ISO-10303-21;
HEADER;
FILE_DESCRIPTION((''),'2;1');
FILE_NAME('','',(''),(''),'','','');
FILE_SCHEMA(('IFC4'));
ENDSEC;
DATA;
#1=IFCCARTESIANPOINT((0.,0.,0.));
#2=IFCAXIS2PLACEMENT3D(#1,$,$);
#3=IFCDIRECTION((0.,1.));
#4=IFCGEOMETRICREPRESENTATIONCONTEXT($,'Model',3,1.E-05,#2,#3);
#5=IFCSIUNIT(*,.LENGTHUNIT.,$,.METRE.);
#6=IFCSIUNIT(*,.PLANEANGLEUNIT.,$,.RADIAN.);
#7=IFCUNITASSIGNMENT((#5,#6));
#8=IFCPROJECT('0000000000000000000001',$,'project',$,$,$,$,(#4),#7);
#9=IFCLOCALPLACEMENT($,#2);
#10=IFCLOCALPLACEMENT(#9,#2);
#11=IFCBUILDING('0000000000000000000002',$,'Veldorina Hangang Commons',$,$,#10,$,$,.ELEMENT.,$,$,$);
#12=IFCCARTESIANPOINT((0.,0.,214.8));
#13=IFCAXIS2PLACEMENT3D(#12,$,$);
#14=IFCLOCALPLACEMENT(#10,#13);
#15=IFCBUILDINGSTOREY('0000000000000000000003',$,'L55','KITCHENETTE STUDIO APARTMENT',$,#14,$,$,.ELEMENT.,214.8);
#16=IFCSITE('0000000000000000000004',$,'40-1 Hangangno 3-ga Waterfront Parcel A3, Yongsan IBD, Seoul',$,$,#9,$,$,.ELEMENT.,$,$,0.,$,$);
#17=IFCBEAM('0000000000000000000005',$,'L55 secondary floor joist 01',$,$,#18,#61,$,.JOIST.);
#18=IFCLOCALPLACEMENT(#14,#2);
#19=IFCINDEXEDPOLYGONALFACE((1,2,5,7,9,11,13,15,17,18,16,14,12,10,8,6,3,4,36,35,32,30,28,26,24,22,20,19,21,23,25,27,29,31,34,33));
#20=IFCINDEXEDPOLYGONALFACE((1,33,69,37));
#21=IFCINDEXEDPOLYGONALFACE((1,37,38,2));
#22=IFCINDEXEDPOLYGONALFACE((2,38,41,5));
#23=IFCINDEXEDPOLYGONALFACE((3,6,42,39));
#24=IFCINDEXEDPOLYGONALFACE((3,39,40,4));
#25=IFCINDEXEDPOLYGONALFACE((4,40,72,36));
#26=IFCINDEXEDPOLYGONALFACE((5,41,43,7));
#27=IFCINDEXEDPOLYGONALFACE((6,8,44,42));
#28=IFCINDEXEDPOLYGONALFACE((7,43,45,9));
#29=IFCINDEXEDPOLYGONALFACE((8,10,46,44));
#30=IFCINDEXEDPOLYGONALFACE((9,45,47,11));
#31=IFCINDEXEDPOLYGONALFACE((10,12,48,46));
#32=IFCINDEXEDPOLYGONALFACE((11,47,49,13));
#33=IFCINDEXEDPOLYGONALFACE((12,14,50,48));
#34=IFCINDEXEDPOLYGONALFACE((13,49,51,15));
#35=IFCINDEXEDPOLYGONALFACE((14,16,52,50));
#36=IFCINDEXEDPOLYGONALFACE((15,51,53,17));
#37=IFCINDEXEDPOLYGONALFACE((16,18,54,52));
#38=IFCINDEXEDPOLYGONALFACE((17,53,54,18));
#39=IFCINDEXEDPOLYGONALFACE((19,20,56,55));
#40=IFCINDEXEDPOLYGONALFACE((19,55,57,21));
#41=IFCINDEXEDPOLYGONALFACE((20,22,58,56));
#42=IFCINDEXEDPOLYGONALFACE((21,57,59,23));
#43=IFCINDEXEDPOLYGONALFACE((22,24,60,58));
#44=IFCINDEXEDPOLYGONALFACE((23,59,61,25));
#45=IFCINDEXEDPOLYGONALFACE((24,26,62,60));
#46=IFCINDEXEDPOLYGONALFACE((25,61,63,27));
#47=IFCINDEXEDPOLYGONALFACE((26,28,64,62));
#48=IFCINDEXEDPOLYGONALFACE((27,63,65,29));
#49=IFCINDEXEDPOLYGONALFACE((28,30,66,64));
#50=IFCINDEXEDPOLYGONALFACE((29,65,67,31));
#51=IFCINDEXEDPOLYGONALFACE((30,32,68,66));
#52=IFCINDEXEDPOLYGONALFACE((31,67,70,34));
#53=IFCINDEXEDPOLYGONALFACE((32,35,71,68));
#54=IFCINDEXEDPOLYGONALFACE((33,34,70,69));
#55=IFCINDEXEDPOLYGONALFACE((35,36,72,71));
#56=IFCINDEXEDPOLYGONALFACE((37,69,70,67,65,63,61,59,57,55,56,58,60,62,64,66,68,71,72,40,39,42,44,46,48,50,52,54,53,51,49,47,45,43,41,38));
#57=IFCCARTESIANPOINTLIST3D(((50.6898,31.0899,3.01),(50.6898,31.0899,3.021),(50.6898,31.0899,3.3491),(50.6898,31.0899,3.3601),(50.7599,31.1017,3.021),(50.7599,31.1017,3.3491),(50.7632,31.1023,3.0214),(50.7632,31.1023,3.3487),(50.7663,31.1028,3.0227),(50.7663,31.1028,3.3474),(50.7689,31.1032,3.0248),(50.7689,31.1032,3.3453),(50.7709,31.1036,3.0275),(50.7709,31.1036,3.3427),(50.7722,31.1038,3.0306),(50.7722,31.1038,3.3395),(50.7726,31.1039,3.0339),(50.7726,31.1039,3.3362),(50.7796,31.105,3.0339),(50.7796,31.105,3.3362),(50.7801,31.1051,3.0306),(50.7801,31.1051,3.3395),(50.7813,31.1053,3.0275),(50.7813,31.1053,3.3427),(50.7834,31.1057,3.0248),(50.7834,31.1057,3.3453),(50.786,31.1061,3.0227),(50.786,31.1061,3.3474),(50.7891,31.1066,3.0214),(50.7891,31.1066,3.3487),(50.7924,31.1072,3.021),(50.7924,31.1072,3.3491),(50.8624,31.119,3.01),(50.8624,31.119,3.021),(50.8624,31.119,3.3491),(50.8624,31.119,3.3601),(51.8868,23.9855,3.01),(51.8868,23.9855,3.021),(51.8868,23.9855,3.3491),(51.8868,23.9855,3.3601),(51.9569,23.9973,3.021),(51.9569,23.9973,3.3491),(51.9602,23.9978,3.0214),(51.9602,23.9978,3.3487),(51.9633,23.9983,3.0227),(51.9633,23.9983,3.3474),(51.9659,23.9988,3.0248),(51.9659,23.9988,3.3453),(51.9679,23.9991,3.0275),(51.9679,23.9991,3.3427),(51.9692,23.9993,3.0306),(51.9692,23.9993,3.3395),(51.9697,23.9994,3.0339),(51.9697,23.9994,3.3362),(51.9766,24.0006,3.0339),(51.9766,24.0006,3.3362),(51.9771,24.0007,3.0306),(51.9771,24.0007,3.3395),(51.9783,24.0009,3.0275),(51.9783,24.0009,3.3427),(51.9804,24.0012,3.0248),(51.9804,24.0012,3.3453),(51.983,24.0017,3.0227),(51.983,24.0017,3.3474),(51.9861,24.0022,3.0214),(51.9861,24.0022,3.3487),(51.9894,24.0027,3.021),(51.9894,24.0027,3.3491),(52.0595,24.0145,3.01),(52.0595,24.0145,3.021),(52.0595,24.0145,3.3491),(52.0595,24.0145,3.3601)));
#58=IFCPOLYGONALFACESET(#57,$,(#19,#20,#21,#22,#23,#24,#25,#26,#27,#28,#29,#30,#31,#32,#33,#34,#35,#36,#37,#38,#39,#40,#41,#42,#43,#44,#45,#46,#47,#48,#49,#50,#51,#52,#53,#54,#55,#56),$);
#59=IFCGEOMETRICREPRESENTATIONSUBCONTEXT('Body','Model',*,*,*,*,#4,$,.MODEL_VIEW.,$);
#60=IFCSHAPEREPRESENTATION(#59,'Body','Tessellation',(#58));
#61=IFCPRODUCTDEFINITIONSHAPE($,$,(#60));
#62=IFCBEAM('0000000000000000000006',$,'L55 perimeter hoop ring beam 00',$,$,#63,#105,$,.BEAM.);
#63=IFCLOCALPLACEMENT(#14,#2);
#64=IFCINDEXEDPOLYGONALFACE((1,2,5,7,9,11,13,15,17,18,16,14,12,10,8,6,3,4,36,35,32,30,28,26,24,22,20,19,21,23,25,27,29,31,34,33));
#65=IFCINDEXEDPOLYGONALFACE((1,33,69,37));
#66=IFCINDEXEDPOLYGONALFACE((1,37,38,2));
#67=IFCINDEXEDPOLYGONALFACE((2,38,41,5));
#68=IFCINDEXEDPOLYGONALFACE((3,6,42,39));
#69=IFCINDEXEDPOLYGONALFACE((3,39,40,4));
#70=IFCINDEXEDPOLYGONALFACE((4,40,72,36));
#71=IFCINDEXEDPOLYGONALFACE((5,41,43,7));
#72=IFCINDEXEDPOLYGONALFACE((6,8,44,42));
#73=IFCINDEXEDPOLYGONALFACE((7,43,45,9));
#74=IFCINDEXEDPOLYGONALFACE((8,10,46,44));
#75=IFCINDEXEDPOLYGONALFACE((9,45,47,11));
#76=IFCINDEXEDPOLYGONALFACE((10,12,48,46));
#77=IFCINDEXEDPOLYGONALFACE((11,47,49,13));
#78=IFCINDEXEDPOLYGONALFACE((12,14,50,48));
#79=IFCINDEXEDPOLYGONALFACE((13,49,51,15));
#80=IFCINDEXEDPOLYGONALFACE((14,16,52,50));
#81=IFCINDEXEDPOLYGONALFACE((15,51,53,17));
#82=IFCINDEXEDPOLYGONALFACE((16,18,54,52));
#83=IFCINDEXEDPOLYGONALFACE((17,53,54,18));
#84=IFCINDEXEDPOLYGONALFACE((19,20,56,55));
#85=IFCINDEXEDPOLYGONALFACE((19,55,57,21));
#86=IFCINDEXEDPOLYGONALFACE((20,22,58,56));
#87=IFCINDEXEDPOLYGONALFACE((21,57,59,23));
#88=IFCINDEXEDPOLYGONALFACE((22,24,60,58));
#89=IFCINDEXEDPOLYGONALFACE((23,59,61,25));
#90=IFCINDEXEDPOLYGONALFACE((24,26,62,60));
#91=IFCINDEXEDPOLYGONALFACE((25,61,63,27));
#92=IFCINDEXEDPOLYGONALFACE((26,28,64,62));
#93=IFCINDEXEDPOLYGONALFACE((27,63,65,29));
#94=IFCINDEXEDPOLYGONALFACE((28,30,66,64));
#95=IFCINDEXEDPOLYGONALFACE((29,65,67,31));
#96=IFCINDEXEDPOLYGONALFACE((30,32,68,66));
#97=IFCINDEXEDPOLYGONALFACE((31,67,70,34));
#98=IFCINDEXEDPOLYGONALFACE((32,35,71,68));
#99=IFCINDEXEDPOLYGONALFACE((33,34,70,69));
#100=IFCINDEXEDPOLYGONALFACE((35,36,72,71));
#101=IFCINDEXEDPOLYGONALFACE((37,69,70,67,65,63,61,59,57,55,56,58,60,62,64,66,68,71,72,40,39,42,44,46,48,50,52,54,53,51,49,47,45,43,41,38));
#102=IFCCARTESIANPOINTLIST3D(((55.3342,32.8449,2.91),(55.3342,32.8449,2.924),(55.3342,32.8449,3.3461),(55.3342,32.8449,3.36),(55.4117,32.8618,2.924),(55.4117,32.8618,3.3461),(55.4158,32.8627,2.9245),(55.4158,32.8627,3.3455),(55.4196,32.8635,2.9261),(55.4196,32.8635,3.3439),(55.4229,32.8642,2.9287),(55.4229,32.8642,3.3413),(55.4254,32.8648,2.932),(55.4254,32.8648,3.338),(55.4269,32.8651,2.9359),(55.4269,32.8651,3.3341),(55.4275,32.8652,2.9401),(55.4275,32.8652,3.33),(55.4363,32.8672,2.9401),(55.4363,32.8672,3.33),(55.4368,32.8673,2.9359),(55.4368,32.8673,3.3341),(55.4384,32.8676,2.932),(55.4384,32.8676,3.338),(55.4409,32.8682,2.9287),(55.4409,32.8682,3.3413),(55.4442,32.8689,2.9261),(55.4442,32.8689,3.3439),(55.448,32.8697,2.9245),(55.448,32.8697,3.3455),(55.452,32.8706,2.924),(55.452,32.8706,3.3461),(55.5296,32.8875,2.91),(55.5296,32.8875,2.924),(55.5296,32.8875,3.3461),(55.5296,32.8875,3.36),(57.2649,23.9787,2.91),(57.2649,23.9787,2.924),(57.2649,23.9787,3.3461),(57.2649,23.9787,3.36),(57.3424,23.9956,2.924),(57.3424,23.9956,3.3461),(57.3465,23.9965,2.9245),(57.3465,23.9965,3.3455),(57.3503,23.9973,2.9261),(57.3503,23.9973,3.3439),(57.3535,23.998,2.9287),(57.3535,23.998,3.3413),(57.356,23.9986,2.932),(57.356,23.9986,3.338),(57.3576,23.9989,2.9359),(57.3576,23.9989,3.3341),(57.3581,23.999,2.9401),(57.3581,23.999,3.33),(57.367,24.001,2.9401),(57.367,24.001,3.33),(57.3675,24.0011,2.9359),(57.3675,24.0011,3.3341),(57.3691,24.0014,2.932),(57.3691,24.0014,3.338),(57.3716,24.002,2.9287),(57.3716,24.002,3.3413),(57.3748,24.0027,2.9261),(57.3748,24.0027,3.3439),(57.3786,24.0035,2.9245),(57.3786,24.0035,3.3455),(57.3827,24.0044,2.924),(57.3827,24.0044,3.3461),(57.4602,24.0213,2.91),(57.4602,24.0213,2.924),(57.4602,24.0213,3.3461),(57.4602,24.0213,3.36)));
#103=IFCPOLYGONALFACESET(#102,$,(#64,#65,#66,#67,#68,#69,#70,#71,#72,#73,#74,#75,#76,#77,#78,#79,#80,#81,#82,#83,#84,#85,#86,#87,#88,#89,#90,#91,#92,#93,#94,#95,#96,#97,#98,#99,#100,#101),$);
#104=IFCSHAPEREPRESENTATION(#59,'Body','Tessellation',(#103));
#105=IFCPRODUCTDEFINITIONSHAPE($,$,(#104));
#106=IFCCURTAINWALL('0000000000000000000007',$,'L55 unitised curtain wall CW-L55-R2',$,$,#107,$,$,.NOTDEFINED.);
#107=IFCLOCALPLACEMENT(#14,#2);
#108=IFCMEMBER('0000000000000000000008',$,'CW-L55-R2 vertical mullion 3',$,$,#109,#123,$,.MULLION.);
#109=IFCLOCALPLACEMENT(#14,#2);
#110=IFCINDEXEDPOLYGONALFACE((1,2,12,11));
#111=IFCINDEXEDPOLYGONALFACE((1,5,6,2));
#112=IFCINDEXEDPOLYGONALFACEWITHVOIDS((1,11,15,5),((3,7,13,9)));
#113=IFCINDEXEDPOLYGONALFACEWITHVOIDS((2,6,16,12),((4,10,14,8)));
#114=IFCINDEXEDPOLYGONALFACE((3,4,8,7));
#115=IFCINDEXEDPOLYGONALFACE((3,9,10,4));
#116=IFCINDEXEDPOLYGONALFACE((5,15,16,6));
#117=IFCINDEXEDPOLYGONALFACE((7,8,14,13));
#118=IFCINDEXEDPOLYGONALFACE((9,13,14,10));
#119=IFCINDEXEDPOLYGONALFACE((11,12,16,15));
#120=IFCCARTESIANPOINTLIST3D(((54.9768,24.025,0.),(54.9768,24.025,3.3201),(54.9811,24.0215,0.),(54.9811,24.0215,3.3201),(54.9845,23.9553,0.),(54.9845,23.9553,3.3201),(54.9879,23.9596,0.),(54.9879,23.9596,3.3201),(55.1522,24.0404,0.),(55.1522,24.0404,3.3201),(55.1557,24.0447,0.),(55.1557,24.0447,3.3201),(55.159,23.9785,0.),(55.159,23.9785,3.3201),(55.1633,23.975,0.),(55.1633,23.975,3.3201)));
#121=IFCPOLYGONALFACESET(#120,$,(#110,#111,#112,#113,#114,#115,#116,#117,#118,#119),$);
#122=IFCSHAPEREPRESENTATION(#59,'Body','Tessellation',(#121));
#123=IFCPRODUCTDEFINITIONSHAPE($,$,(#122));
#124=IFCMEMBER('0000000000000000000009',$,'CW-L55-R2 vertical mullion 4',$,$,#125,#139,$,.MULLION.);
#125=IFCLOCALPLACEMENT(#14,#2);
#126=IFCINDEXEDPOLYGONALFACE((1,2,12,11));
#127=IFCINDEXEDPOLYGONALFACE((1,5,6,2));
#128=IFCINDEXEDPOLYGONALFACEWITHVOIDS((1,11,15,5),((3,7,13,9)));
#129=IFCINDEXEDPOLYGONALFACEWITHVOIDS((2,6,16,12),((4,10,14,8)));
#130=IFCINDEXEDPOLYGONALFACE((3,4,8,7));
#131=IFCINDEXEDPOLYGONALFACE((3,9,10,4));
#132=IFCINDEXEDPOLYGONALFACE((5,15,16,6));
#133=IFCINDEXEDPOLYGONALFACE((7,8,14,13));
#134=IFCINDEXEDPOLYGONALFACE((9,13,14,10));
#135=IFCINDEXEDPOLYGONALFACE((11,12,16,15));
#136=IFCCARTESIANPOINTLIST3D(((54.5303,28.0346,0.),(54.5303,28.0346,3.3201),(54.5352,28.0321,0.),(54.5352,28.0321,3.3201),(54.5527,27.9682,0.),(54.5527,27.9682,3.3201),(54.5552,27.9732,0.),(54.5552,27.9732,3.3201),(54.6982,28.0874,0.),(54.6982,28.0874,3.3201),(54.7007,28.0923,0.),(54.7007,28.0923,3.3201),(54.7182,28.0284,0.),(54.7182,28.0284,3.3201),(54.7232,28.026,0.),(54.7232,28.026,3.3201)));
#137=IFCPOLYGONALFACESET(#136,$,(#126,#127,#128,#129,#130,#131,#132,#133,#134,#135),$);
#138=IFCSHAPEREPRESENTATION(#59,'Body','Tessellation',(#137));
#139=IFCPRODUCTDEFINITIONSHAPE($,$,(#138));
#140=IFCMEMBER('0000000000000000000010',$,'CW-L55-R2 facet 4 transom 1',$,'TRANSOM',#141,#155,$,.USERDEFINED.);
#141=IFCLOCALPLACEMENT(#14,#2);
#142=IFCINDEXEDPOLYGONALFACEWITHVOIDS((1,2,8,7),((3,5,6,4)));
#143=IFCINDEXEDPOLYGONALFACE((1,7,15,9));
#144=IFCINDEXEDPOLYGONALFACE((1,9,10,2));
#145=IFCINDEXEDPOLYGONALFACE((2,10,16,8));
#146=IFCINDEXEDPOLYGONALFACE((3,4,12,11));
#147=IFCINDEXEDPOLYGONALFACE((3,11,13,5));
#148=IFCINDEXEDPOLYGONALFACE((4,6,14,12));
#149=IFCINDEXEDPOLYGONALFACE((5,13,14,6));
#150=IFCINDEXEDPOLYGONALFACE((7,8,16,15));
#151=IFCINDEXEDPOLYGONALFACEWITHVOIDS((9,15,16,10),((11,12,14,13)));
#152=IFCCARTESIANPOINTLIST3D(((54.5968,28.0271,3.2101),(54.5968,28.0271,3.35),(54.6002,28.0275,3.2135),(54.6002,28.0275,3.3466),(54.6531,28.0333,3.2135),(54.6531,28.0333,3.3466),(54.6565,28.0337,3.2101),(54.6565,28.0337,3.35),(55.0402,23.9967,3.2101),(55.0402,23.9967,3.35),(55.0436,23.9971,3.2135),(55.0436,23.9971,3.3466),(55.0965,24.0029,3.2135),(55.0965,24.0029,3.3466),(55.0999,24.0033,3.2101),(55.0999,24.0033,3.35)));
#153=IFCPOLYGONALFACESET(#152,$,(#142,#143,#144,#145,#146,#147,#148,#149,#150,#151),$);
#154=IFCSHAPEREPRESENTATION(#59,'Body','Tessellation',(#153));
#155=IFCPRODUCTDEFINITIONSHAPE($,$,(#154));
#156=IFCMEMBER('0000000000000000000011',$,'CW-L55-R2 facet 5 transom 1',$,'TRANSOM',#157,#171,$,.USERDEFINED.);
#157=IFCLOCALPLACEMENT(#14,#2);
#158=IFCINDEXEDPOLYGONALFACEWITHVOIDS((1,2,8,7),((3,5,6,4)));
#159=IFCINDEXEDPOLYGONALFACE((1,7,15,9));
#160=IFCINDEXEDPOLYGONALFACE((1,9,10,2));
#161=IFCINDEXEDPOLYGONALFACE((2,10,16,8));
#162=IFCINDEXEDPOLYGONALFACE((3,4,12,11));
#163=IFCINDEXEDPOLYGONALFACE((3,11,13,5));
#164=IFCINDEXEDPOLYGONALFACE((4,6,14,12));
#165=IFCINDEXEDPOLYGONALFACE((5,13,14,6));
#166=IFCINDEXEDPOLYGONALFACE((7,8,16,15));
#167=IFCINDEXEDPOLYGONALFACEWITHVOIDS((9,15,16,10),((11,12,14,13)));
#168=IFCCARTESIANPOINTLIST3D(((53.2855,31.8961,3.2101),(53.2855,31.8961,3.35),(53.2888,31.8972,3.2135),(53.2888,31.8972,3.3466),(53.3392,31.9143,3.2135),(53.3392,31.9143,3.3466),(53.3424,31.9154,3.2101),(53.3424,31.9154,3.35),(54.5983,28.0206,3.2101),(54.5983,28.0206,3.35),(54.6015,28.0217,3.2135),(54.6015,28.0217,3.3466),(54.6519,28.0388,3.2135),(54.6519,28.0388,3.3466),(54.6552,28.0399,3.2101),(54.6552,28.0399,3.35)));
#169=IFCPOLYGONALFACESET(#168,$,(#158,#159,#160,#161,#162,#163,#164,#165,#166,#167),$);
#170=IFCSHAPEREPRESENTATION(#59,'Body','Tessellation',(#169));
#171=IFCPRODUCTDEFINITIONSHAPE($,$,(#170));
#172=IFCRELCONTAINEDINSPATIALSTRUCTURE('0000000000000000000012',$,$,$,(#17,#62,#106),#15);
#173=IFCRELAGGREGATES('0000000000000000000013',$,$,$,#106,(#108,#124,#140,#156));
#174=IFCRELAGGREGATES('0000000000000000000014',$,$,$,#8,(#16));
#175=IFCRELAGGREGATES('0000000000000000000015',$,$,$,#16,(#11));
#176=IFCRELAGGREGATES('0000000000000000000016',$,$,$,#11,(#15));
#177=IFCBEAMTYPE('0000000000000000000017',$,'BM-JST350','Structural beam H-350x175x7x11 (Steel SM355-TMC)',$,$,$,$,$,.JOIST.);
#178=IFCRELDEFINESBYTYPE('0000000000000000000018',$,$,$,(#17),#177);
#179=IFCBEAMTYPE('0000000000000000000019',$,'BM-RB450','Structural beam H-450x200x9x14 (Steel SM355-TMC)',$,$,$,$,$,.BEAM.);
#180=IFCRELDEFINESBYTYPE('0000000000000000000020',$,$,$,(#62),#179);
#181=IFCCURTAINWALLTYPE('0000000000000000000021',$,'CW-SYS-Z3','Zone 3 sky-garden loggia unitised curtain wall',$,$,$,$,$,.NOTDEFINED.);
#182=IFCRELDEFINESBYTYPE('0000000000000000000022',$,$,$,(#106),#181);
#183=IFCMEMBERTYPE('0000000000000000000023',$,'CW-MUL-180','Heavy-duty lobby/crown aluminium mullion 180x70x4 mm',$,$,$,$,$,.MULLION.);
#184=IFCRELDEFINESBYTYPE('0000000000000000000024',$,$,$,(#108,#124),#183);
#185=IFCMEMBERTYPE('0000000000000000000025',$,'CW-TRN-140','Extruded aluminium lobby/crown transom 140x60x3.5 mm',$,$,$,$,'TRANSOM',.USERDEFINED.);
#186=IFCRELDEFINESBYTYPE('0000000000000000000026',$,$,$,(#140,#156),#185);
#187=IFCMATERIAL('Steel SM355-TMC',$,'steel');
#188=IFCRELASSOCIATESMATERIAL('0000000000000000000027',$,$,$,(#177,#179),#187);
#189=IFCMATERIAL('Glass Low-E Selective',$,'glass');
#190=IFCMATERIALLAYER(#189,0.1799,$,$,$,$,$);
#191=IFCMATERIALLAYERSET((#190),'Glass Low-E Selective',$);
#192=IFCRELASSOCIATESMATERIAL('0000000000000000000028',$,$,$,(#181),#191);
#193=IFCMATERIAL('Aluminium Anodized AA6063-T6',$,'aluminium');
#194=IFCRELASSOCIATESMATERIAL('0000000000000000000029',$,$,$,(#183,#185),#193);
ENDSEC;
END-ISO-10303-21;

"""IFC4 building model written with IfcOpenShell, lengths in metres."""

from ifc_helpers import new_model, si_unit, direction, frame, origin, origin_2d, place, context, subcontext, project, spatial, hollow_rectangle, i_section, extrude, material, layer, layer_set, material_profile, profile_set, type_object, element, aggregate, save


model = new_model("IFC4")

# Units and contexts
model_context = context("Model", 3, precision=1e-05, world=origin(), true_north=direction((0.0, 1.0)))
body_context = subcontext(model_context, "Body", "Model", "MODEL_VIEW")
ifc_project = project(units=[si_unit("LENGTHUNIT", "METRE"), si_unit("PLANEANGLEUNIT", "RADIAN")], contexts=[model_context])

# Site, building, storey
site_placement = place(None, origin())
site = spatial("IfcSite", under=ifc_project, at=site_placement, Name="40-1 Hangangno 3-ga Waterfront Parcel A3, Yongsan IBD, Seoul", CompositionType="ELEMENT", RefElevation=0.0)
building_placement = place(site_placement, origin())
building = spatial("IfcBuilding", under=site, at=building_placement, Name="Veldorina Hangang Commons", CompositionType="ELEMENT")
storey_placement = place(building_placement, frame((0.0, 0.0, 214.8)))
storey = spatial("IfcBuildingStorey", under=building, at=storey_placement, Name="L55", Description="KITCHENETTE STUDIO APARTMENT", CompositionType="ELEMENT", Elevation=214.8)

# Beams
ifc_material_1 = material(Name="Steel SM355-TMC", Category="steel")
ifc_material_profile_1 = material_profile(ifc_material_1, i_section(OverallWidth=0.175, OverallDepth=0.3501, WebThickness=0.0071, FlangeThickness=0.011, FilletRadius=0.0129, at=origin_2d()), Name="H-350x175x7x11")
ifc_profile_set_1 = profile_set([ifc_material_profile_1], Name="Steel SM355-TMC")
beam_type_1 = type_object("IfcBeamType", Name="BM-JST350", Description="Structural beam H-350x175x7x11 (Steel SM355-TMC)", PredefinedType="JOIST", material=ifc_profile_set_1)
beam_1_placement = place(storey_placement, frame((51.9731, 24.0, 3.1851), z_axis=(-0.166146, 0.986101, 0.0), x_axis=(-0.986101, -0.166146, 0.0)))
element("IfcBeam", 1, at=beam_1_placement, inside=storey, type_object=beam_type_1, Name="L55 secondary floor joist 01", PredefinedType="JOIST", context=body_context, shape_type="SweptSolid", body=[
    extrude(i_section(OverallWidth=0.175, OverallDepth=0.3501, WebThickness=0.0071, FlangeThickness=0.011, FilletRadius=0.0129, at=origin_2d()), origin(), (0.0, 0.0, 1.0), 7.2046),
])
ifc_material_profile_2 = material_profile(ifc_material_1, i_section(OverallWidth=0.2, OverallDepth=0.45, WebThickness=0.009, FlangeThickness=0.0139, FilletRadius=0.0161, at=origin_2d()), Name="H-450x200x9x14")
ifc_profile_set_2 = profile_set([ifc_material_profile_2], Name="Steel SM355-TMC")
beam_type_2 = type_object("IfcBeamType", Name="BM-RB450", Description="Structural beam H-450x200x9x14 (Steel SM355-TMC)", PredefinedType="BEAM", material=ifc_profile_set_2)
beam_2_placement = place(storey_placement, frame((57.3625, 24.0, 3.135), z_axis=(-0.212769, 0.977102, 0.0), x_axis=(-0.977102, -0.212769, 0.0)))
element("IfcBeam", 2, at=beam_2_placement, inside=storey, type_object=beam_type_2, Name="L55 perimeter hoop ring beam 00", PredefinedType="BEAM", context=body_context, shape_type="SweptSolid", body=[
    extrude(i_section(OverallWidth=0.2, OverallDepth=0.45, WebThickness=0.009, FlangeThickness=0.0139, FilletRadius=0.0161, at=origin_2d()), origin(), (0.0, 0.0, 1.0), 9.074),
])

# Curtain wall, members
ifc_material_2 = material(Name="Glass Low-E Selective", Category="glass")
ifc_layer_1 = layer(ifc_material_2, 0.1799)
ifc_layer_set_1 = layer_set([ifc_layer_1], Name="Glass Low-E Selective")
curtain_wall_type = type_object("IfcCurtainWallType", Name="CW-SYS-Z3", Description="Zone 3 sky-garden loggia unitised curtain wall", PredefinedType="NOTDEFINED", material=ifc_layer_set_1)
curtain_wall_placement = place(storey_placement, origin())
curtain_wall = element("IfcCurtainWall", 3, at=curtain_wall_placement, inside=storey, type_object=curtain_wall_type, Name="L55 unitised curtain wall CW-L55-R2", PredefinedType="NOTDEFINED")
ifc_material_3 = material(Name="Aluminium Anodized AA6063-T6", Category="aluminium")
ifc_material_profile_3 = material_profile(ifc_material_3, hollow_rectangle(XDim=0.0701, YDim=0.1799, WallThickness=0.0039, at=origin_2d()), Name="ALU-RHS-180x70x4")
ifc_profile_set_3 = profile_set([ifc_material_profile_3], Name="Aluminium Anodized AA6063-T6")
member_type_1 = type_object("IfcMemberType", Name="CW-MUL-180", Description="Heavy-duty lobby/crown aluminium mullion 180x70x4 mm", PredefinedType="MULLION", material=ifc_profile_set_3)
member_1_placement = place(storey_placement, frame((55.0701, 24.0, 0.0), z_axis=(0.0, 0.0, 1.0), x_axis=(-0.109335, 0.994005, 0.0)))
member_1 = element("IfcMember", 4, at=member_1_placement, type_object=member_type_1, Name="CW-L55-R2 vertical mullion 3", PredefinedType="MULLION", context=body_context, shape_type="SweptSolid", body=[
    extrude(hollow_rectangle(XDim=0.0701, YDim=0.1799, WallThickness=0.0039, at=origin_2d()), origin(), (0.0, 0.0, 1.0), 3.3201),
])
member_2_placement = place(storey_placement, frame((54.6267, 28.0303, 0.0), z_axis=(0.0, 0.0, 1.0), x_axis=(-0.320828, 0.947138, 0.0)))
member_2 = element("IfcMember", 5, at=member_2_placement, type_object=member_type_1, Name="CW-L55-R2 vertical mullion 4", PredefinedType="MULLION", context=body_context, shape_type="SweptSolid", body=[
    extrude(hollow_rectangle(XDim=0.0701, YDim=0.1799, WallThickness=0.0039, at=origin_2d()), origin(), (0.0, 0.0, 1.0), 3.3201),
])
ifc_material_profile_4 = material_profile(ifc_material_3, hollow_rectangle(XDim=0.0601, YDim=0.1399, WallThickness=0.0034, at=origin_2d()), Name="ALU-RHS-140x60x3.5")
ifc_profile_set_4 = profile_set([ifc_material_profile_4], Name="Aluminium Anodized AA6063-T6")
member_type_2 = type_object("IfcMemberType", Name="CW-TRN-140", Description="Extruded aluminium lobby/crown transom 140x60x3.5 mm", ElementType="TRANSOM", PredefinedType="USERDEFINED", material=ifc_profile_set_4)
member_3_placement = place(storey_placement, frame((55.0701, 24.0, 3.28), z_axis=(-0.109348, 0.994004, 0.0), x_axis=(-0.994004, -0.109348, 0.0)))
member_3 = element("IfcMember", 6, at=member_3_placement, type_object=member_type_2, Name="CW-L55-R2 facet 4 transom 1", ObjectType="TRANSOM", PredefinedType="USERDEFINED", context=body_context, shape_type="SweptSolid", body=[
    extrude(hollow_rectangle(XDim=0.0601, YDim=0.1399, WallThickness=0.0034, at=origin_2d()), origin(), (0.0, 0.0, 1.0), 4.0547),
])
member_4_placement = place(storey_placement, frame((54.6267, 28.0303, 3.28), z_axis=(-0.320824, 0.947139, 0.0), x_axis=(-0.947139, -0.320824, 0.0)))
member_4 = element("IfcMember", 7, at=member_4_placement, type_object=member_type_2, Name="CW-L55-R2 facet 5 transom 1", ObjectType="TRANSOM", PredefinedType="USERDEFINED", context=body_context, shape_type="SweptSolid", body=[
    extrude(hollow_rectangle(XDim=0.0601, YDim=0.1399, WallThickness=0.0034, at=origin_2d()), origin(), (0.0, 0.0, 1.0), 4.0918),
])

aggregate(curtain_wall, [member_1, member_2, member_3, member_4])

save(model, "model.ifc")
